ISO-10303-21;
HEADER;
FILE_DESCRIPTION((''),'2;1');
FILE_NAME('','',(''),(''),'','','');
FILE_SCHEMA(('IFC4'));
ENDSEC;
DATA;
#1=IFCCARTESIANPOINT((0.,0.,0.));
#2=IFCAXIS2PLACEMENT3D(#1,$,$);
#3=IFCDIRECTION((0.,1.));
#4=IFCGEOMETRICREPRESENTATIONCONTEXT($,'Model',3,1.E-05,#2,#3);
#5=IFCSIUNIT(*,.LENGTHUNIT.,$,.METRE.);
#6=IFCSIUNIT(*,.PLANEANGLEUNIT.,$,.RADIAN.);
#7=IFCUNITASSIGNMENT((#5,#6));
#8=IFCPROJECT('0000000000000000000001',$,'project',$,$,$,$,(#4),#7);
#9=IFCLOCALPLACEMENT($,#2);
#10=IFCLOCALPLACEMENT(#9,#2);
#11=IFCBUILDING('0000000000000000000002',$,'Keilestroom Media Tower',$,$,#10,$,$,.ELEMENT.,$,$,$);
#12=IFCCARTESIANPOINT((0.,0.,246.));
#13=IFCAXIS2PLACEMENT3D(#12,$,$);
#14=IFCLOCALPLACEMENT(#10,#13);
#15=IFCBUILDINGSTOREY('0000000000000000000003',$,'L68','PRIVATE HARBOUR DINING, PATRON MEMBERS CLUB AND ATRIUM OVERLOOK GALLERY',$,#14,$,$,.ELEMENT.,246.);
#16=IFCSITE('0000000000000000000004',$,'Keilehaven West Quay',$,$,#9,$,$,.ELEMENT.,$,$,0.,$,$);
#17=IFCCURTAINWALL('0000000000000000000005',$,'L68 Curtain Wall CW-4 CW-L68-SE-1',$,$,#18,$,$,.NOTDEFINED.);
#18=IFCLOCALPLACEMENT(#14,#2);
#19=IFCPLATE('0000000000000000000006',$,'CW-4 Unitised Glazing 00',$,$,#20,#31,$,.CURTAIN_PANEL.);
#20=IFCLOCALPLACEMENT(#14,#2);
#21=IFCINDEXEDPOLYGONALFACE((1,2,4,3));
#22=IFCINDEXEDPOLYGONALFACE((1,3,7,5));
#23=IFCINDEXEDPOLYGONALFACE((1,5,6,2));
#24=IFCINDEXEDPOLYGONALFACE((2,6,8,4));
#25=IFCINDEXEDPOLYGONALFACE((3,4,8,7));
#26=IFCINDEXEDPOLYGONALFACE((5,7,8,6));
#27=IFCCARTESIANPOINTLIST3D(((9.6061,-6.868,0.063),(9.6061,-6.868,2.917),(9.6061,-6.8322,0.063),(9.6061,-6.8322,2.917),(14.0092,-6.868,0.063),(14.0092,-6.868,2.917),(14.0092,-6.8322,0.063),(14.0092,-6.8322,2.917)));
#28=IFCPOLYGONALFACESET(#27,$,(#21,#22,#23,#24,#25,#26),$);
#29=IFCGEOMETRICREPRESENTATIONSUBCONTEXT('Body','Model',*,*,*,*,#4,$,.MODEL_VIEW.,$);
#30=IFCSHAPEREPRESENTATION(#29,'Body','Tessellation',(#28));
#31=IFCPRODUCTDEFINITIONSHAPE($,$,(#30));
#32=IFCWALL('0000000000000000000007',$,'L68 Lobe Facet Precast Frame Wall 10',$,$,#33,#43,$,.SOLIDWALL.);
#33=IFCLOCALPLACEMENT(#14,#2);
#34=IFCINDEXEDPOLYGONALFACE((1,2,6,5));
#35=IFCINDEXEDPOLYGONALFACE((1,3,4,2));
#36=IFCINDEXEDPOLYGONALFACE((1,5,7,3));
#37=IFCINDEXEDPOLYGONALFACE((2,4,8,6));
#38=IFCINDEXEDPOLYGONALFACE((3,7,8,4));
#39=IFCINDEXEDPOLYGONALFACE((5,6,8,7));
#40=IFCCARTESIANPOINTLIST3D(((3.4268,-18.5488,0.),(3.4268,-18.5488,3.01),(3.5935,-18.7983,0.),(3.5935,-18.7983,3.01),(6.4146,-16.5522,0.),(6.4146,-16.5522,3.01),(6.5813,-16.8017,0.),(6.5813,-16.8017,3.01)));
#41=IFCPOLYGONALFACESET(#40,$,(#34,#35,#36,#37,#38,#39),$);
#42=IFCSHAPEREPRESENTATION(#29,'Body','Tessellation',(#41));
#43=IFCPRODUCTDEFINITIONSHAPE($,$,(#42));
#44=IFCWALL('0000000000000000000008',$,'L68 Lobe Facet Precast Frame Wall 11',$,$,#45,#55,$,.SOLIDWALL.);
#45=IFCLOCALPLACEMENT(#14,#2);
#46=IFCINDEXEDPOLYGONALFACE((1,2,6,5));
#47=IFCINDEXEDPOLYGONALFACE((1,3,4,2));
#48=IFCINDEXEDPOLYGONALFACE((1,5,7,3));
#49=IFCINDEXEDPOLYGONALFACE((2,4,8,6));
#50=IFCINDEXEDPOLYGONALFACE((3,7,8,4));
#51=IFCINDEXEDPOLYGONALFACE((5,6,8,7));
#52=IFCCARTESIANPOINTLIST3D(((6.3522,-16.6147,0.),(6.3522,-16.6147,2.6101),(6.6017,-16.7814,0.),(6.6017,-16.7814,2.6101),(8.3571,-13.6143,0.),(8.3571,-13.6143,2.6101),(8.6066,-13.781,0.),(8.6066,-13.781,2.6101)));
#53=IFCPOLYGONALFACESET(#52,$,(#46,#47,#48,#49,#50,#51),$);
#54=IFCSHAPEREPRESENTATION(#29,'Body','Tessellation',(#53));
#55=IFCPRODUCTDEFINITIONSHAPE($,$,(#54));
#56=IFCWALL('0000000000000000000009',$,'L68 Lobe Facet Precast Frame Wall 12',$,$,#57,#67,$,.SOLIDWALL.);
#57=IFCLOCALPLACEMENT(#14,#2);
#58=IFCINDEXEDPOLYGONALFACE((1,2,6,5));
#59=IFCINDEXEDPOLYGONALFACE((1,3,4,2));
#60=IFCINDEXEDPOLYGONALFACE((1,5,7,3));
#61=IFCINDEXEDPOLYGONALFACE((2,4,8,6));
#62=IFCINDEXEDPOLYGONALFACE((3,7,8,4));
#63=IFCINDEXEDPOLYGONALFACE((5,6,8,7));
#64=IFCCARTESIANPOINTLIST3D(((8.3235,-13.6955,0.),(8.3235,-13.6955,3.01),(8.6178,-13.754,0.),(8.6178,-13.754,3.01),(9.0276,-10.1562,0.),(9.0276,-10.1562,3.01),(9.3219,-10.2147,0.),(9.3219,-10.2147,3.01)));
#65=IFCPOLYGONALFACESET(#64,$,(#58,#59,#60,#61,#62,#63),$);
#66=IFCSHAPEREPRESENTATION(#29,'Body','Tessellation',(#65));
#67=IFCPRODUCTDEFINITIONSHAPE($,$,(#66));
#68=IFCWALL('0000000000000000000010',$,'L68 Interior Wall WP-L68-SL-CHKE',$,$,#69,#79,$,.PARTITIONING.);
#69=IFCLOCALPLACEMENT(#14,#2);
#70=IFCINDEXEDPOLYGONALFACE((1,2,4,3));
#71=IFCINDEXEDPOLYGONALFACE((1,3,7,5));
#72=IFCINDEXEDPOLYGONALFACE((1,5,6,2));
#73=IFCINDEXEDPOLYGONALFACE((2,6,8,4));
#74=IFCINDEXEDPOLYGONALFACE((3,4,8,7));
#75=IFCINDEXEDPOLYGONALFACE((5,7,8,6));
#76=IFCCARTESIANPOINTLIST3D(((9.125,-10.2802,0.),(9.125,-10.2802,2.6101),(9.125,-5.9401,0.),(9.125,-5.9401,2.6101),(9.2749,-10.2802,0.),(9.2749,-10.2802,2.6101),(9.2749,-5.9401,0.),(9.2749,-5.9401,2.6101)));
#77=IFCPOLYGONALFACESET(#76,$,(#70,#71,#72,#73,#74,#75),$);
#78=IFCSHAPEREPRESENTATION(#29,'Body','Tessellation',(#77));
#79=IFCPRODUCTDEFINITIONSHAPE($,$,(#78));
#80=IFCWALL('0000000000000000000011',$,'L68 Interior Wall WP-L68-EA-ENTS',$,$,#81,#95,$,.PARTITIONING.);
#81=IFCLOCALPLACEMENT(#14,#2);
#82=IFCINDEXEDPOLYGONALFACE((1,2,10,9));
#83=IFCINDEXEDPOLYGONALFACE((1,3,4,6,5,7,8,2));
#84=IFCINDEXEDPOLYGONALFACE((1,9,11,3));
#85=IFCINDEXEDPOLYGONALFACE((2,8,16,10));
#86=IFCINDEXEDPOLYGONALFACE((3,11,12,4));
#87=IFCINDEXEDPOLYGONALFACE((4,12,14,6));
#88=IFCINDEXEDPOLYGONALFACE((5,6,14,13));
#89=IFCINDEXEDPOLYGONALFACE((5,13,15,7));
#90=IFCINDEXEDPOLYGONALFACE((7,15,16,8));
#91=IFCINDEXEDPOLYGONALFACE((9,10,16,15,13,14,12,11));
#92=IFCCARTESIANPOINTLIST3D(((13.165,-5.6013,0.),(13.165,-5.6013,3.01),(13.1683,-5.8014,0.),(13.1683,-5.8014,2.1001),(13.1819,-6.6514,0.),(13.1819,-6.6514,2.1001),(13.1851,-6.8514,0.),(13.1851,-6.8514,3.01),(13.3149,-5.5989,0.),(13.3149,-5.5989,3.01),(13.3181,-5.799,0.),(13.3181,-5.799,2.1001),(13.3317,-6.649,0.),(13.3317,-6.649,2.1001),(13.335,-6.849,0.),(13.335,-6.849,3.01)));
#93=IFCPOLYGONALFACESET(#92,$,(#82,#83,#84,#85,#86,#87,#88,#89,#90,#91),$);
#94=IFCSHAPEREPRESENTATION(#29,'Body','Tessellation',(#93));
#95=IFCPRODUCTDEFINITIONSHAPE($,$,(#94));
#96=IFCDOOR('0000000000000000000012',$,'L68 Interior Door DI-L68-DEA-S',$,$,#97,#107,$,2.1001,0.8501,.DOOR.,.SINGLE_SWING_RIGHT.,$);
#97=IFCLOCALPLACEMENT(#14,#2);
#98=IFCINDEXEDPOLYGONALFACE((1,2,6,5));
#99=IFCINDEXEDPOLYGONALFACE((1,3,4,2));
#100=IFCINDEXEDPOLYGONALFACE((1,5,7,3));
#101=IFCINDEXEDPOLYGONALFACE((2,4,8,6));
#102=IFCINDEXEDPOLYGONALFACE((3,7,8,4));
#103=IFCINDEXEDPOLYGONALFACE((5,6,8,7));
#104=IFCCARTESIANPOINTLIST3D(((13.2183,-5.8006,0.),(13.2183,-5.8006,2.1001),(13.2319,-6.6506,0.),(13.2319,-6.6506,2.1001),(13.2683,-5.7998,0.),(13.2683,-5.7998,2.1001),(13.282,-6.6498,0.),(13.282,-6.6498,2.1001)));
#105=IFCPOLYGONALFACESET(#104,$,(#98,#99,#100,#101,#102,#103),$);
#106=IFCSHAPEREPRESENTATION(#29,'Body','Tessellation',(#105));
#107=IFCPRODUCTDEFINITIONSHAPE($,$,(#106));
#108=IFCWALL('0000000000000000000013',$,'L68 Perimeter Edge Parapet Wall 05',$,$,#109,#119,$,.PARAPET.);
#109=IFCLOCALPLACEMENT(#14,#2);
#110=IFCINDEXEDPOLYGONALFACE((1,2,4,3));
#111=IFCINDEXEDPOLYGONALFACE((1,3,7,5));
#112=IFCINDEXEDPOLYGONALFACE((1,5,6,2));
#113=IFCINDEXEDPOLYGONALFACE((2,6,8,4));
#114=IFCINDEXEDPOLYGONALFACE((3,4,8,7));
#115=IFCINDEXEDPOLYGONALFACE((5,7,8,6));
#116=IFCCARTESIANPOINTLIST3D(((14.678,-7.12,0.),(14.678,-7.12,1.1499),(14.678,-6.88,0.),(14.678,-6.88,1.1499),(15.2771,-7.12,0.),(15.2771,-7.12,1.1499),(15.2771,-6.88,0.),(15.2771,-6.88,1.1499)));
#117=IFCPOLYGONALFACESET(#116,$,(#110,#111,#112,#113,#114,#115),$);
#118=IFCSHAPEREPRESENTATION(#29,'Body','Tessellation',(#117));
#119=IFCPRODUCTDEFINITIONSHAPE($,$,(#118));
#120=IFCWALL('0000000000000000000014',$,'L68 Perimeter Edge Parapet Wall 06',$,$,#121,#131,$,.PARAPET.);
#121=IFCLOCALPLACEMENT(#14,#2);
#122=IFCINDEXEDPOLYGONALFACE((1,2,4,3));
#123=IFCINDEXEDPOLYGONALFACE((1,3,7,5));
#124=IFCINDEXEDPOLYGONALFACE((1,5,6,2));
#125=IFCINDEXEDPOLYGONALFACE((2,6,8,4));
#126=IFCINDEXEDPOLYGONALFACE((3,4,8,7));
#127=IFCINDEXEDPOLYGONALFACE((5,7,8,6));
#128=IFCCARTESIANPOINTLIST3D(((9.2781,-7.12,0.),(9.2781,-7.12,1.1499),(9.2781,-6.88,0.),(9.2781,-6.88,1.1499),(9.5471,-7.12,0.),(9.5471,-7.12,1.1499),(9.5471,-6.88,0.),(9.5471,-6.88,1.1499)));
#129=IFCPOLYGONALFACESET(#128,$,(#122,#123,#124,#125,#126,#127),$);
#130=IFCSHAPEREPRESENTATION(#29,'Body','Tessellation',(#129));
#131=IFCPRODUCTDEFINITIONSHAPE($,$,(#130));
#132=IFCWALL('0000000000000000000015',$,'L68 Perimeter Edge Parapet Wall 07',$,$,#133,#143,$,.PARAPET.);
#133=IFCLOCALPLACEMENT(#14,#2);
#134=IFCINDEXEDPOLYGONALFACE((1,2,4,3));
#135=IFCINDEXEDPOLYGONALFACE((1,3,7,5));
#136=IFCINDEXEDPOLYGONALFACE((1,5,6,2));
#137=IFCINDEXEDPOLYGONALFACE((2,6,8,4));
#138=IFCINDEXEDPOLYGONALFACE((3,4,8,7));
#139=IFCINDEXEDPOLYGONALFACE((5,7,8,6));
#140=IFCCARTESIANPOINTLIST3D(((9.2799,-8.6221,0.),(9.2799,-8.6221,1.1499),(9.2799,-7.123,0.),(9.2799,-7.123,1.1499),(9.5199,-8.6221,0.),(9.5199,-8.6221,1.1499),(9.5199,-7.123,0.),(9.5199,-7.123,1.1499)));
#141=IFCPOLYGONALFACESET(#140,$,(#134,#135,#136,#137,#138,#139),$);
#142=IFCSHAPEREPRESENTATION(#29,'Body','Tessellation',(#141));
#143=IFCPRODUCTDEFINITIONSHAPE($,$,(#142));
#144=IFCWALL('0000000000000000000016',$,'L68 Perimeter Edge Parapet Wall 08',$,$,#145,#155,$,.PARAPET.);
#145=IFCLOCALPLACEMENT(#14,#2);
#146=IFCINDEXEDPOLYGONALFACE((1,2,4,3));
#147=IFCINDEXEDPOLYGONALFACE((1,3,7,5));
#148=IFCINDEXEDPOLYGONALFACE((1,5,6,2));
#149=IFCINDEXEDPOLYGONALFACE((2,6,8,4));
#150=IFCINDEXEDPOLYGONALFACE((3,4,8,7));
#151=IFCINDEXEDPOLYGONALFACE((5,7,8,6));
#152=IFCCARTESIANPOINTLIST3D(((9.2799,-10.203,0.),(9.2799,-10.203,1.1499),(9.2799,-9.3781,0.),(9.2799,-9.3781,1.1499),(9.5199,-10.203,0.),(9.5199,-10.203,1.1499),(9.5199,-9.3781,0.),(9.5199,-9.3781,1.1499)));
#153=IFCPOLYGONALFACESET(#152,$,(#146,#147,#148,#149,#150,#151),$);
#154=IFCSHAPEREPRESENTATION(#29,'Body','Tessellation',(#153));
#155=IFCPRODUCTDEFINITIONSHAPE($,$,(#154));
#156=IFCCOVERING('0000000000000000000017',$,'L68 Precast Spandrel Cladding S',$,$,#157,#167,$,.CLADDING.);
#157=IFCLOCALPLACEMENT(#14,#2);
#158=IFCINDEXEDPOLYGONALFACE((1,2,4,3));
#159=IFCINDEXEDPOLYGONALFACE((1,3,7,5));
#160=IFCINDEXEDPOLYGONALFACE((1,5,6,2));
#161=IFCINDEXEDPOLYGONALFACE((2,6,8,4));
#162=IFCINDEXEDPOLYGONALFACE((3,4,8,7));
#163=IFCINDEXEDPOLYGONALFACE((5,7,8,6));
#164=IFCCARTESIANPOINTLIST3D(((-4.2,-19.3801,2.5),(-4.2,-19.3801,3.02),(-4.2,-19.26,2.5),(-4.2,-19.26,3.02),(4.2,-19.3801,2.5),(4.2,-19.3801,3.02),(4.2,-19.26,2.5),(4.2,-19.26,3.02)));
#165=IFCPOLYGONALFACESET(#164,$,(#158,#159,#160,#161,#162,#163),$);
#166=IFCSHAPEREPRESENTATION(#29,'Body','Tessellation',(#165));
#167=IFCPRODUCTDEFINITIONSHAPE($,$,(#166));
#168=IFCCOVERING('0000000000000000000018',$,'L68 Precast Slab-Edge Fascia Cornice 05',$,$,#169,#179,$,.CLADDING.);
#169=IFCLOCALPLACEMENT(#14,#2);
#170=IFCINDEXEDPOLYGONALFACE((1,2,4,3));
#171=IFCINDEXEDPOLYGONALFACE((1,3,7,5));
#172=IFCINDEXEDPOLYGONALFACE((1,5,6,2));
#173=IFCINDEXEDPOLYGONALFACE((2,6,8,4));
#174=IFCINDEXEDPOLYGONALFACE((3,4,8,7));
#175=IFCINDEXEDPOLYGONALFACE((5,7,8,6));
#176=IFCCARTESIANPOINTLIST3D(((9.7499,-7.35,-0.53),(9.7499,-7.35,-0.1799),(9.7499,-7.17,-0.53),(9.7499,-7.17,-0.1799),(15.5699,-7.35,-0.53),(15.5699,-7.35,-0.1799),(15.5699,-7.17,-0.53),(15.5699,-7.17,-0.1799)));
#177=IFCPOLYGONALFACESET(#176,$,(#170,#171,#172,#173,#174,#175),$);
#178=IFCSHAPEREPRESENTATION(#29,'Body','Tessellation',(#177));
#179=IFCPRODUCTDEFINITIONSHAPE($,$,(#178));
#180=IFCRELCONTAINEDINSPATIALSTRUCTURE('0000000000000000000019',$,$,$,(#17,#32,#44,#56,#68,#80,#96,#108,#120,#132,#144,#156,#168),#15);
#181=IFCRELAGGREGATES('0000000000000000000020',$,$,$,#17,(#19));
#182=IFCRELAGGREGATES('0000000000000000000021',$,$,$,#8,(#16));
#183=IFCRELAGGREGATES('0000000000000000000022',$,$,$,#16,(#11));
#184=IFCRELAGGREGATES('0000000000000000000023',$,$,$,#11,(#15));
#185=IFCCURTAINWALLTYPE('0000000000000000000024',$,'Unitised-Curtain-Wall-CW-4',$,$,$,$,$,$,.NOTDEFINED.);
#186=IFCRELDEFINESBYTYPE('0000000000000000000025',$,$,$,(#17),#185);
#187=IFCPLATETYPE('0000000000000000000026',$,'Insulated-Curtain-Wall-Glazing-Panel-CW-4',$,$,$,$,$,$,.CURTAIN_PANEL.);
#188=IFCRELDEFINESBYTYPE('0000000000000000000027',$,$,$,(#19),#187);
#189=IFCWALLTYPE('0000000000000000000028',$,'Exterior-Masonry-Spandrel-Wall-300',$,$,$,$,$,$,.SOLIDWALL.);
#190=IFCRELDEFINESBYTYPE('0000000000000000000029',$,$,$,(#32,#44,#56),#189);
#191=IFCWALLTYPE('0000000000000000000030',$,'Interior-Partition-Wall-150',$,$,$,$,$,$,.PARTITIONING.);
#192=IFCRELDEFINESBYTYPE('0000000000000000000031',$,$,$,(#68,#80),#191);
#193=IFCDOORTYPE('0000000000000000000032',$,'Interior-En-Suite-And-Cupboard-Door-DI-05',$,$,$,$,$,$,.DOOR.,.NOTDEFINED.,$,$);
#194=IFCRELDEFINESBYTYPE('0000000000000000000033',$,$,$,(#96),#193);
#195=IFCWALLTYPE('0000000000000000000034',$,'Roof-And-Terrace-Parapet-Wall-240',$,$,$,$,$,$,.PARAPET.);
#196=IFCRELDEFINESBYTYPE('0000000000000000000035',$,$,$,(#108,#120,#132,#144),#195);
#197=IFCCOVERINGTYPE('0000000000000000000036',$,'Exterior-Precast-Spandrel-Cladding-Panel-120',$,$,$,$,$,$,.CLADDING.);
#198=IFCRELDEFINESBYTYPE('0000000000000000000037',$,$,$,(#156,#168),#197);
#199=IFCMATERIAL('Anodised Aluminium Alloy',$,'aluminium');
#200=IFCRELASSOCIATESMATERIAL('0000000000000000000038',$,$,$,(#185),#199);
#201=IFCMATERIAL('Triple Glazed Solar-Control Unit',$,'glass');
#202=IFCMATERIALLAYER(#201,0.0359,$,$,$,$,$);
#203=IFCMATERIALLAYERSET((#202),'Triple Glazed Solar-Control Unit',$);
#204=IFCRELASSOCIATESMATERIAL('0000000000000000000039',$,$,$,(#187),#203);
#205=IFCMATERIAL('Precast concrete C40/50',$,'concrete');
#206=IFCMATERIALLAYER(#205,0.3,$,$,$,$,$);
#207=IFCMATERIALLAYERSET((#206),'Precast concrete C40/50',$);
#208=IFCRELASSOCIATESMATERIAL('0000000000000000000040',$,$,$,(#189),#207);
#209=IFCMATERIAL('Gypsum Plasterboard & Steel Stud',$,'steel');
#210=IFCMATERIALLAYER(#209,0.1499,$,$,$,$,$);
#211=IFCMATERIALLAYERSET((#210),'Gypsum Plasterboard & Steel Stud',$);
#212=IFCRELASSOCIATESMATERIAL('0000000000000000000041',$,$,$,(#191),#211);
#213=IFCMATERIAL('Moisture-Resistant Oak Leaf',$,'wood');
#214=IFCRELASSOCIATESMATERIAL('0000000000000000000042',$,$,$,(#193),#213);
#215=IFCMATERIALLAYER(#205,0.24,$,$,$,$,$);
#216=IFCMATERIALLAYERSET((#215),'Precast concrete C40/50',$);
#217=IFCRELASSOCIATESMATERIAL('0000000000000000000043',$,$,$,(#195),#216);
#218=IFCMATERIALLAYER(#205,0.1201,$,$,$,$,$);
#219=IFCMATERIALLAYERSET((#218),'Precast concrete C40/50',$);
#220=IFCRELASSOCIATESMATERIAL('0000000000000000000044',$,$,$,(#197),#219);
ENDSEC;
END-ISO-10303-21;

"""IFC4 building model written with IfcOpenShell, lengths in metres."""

from ifc_helpers import new_model, si_unit, direction, frame, frame_2d, origin, origin_2d, place, context, subcontext, project, spatial, rectangle, extrude, source, transform, mapped, material, layer, layer_set, type_object, element, fill, aggregate, save


model = new_model("IFC4")

# Units and contexts
model_context = context("Model", 3, precision=1e-05, world=origin(), true_north=direction((0.0, 1.0)))
body_context = subcontext(model_context, "Body", "Model", "MODEL_VIEW")
ifc_project = project(units=[si_unit("LENGTHUNIT", "METRE"), si_unit("PLANEANGLEUNIT", "RADIAN")], contexts=[model_context])

# Site, building, storey
site_placement = place(None, origin())
site = spatial("IfcSite", under=ifc_project, at=site_placement, Name="Keilehaven West Quay", CompositionType="ELEMENT", RefElevation=0.0)
building_placement = place(site_placement, origin())
building = spatial("IfcBuilding", under=site, at=building_placement, Name="Keilestroom Media Tower", CompositionType="ELEMENT")
storey_placement = place(building_placement, frame((0.0, 0.0, 246.0)))
storey = spatial("IfcBuildingStorey", under=building, at=storey_placement, Name="L68", Description="PRIVATE HARBOUR DINING, PATRON MEMBERS CLUB AND ATRIUM OVERLOOK GALLERY", CompositionType="ELEMENT", Elevation=246.0)

# Shared definitions
ifc_material_1 = material(Name="Precast concrete C40/50", Category="concrete")

# Curtain wall
ifc_material_2 = material(Name="Anodised Aluminium Alloy", Category="aluminium")
curtain_wall_type_1 = type_object("IfcCurtainWallType", Name="Unitised-Curtain-Wall-CW-4", PredefinedType="NOTDEFINED", material=ifc_material_2)
curtain_wall_1_placement = place(storey_placement, origin())
curtain_wall_1 = element("IfcCurtainWall", 1, at=curtain_wall_1_placement, inside=storey, type_object=curtain_wall_type_1, Name="L68 Curtain Wall CW-4 CW-L68-SE-1", PredefinedType="NOTDEFINED")

# Plate
ifc_material_3 = material(Name="Triple Glazed Solar-Control Unit", Category="glass")
ifc_layer_1 = layer(ifc_material_3, 0.0359)
ifc_layer_set_1 = layer_set([ifc_layer_1], Name="Triple Glazed Solar-Control Unit")
plate_type_1 = type_object("IfcPlateType", Name="Insulated-Curtain-Wall-Glazing-Panel-CW-4", PredefinedType="CURTAIN_PANEL", material=ifc_layer_set_1)
shared_shape_1 = source(origin(), body_context, "Body", "SweptSolid", [
    extrude(rectangle(XDim=4.4031, YDim=0.0359, at=origin_2d()), origin(), (0.0, 0.0, 1.0), 2.854),
])
plate_1_placement = place(storey_placement, frame((11.8076, -6.8501, 0.063), z_axis=(0.0, 0.0, 1.0), x_axis=(1.0, 0.0, 0.0)))
plate_1 = element("IfcPlate", 2, at=plate_1_placement, type_object=plate_type_1, Name="CW-4 Unitised Glazing 00", PredefinedType="CURTAIN_PANEL", context=body_context, shape_type="MappedRepresentation", body=[
    mapped(shared_shape_1, transform((0.0, 0.0, 0.0), x_axis=(1.0, 0.0, 0.0), y_axis=(0.0, 1.0, 0.0), z_axis=(0.0, 0.0, 1.0), scale=1.0)),
])
aggregate(curtain_wall_1, [plate_1])

# Walls
ifc_layer_2 = layer(ifc_material_1, 0.3)
ifc_layer_set_2 = layer_set([ifc_layer_2], Name="Precast concrete C40/50")
wall_type_1 = type_object("IfcWallType", Name="Exterior-Masonry-Spandrel-Wall-300", PredefinedType="SOLIDWALL", material=ifc_layer_set_2)
wall_1_placement = place(storey_placement, frame((3.51, -18.6736, 0.0), z_axis=(0.0, 0.0, 1.0), x_axis=(0.831444, 0.555609, 0.0)))
element("IfcWall", 3, at=wall_1_placement, inside=storey, type_object=wall_type_1, Name="L68 Lobe Facet Precast Frame Wall 10", PredefinedType="SOLIDWALL", context=body_context, shape_type="SweptSolid", body=[
    extrude(rectangle(XDim=3.5935, YDim=0.3, at=frame_2d((1.7969, 0.0))), origin(), (0.0, 0.0, 1.0), 3.01),
])
wall_2_placement = place(storey_placement, frame((6.4771, -16.698, 0.0), z_axis=(0.0, 0.0, 1.0), x_axis=(0.555574, 0.831467, 0.0)))
element("IfcWall", 4, at=wall_2_placement, inside=storey, type_object=wall_type_1, Name="L68 Lobe Facet Precast Frame Wall 11", PredefinedType="SOLIDWALL", context=body_context, shape_type="SweptSolid", body=[
    extrude(rectangle(XDim=3.6086, YDim=0.3, at=frame_2d((1.8042, 0.0))), origin(), (0.0, 0.0, 1.0), 2.6101),
])
wall_3_placement = place(storey_placement, frame((8.4707, -13.7246, 0.0), z_axis=(0.0, 0.0, 1.0), x_axis=(0.195114, 0.980781, 0.0)))
element("IfcWall", 5, at=wall_3_placement, inside=storey, type_object=wall_type_1, Name="L68 Lobe Facet Precast Frame Wall 12", PredefinedType="SOLIDWALL", context=body_context, shape_type="SweptSolid", body=[
    extrude(rectangle(XDim=3.6086, YDim=0.3, at=frame_2d((1.8042, 0.0))), origin(), (0.0, 0.0, 1.0), 3.01),
])
ifc_material_4 = material(Name="Gypsum Plasterboard & Steel Stud", Category="steel")
ifc_layer_3 = layer(ifc_material_4, 0.1499)
ifc_layer_set_3 = layer_set([ifc_layer_3], Name="Gypsum Plasterboard & Steel Stud")
wall_type_2 = type_object("IfcWallType", Name="Interior-Partition-Wall-150", PredefinedType="PARTITIONING", material=ifc_layer_set_3)
wall_4_placement = place(storey_placement, frame((9.2, -10.28, 0.0), z_axis=(0.0, 0.0, 1.0), x_axis=(0.0, 1.0, 0.0)))
element("IfcWall", 6, at=wall_4_placement, inside=storey, type_object=wall_type_2, Name="L68 Interior Wall WP-L68-SL-CHKE", PredefinedType="PARTITIONING", context=body_context, shape_type="SweptSolid", body=[
    extrude(rectangle(XDim=4.3401, YDim=0.1499, at=frame_2d((2.1699, 0.0))), origin(), (0.0, 0.0, 1.0), 2.6101),
])

# Wall, opening, door
wall_5_placement = place(storey_placement, frame((13.26, -6.8501, 0.0), z_axis=(0.0, 0.0, 1.0), x_axis=(-0.016014, 0.999872, 0.0)))
wall_5 = element("IfcWall", 7, at=wall_5_placement, inside=storey, type_object=wall_type_2, Name="L68 Interior Wall WP-L68-EA-ENTS", PredefinedType="PARTITIONING", context=body_context, shape_type="SweptSolid", body=[
    extrude(rectangle(XDim=1.2502, YDim=0.1499, at=frame_2d((0.625, 0.0))), origin(), (0.0, 0.0, 1.0), 3.01),
])
opening_placement = place(wall_5_placement, frame((0.2, 0.0, 0.0)))
opening = element("IfcOpeningElement", 8, at=opening_placement, cuts=wall_5, PredefinedType="OPENING", context=body_context, shape_type="SweptSolid", body=[
    extrude(rectangle(XDim=0.8501, YDim=2.1001, at=frame_2d((0.425, 1.05))), frame((0.0, 0.085, 0.0), z_axis=(0.0, -1.0, 0.0), x_axis=(1.0, 0.0, 0.0)), (0.0, 0.0, 1.0), 0.1699),
])
ifc_material_5 = material(Name="Moisture-Resistant Oak Leaf", Category="wood")
door_type = type_object("IfcDoorType", Name="Interior-En-Suite-And-Cupboard-Door-DI-05", OperationType="NOTDEFINED", PredefinedType="DOOR", material=ifc_material_5)
shared_shape_2 = source(origin(), body_context, "Body", "SweptSolid", [
    extrude(rectangle(XDim=0.8501, YDim=2.1001, at=frame_2d((0.425, 1.05))), frame((0.0, 0.0249, 0.0), z_axis=(0.0, -1.0, 0.0), x_axis=(1.0, 0.0, 0.0)), (0.0, 0.0, 1.0), 0.05),
])
door_placement = place(opening_placement, origin())
door = element("IfcDoor", 9, at=door_placement, inside=storey, type_object=door_type, Name="L68 Interior Door DI-L68-DEA-S", OperationType="SINGLE_SWING_RIGHT", OverallHeight=2.1001, OverallWidth=0.8501, PredefinedType="DOOR", context=body_context, shape_type="MappedRepresentation", body=[
    mapped(shared_shape_2, transform((0.0, 0.0, 0.0), x_axis=(1.0, 0.0, 0.0), y_axis=(0.0, 1.0, 0.0), z_axis=(0.0, 0.0, 1.0), scale=1.0)),
])
fill(opening, door)

# Walls
ifc_layer_4 = layer(ifc_material_1, 0.24)
ifc_layer_set_4 = layer_set([ifc_layer_4], Name="Precast concrete C40/50")
wall_type_3 = type_object("IfcWallType", Name="Roof-And-Terrace-Parapet-Wall-240", PredefinedType="PARAPET", material=ifc_layer_set_4)
wall_6_placement = place(storey_placement, frame((15.2771, -7.0, 0.0), z_axis=(0.0, 0.0, 1.0), x_axis=(-1.0, 0.0, 0.0)))
element("IfcWall", 10, at=wall_6_placement, inside=storey, type_object=wall_type_3, Name="L68 Perimeter Edge Parapet Wall 05", PredefinedType="PARAPET", context=body_context, shape_type="SweptSolid", body=[
    extrude(rectangle(XDim=0.5991, YDim=0.24, at=frame_2d((0.2996, 0.0))), origin(), (0.0, 0.0, 1.0), 1.1499),
])
wall_7_placement = place(storey_placement, frame((9.5471, -7.0, 0.0), z_axis=(0.0, 0.0, 1.0), x_axis=(-1.0, 0.0, 0.0)))
element("IfcWall", 11, at=wall_7_placement, inside=storey, type_object=wall_type_3, Name="L68 Perimeter Edge Parapet Wall 06", PredefinedType="PARAPET", context=body_context, shape_type="SweptSolid", body=[
    extrude(rectangle(XDim=0.269, YDim=0.24, at=frame_2d((0.1345, 0.0))), origin(), (0.0, 0.0, 1.0), 1.1499),
])
wall_8_placement = place(storey_placement, frame((9.3999, -7.123, 0.0), z_axis=(0.0, 0.0, 1.0), x_axis=(0.0, -1.0, 0.0)))
element("IfcWall", 12, at=wall_8_placement, inside=storey, type_object=wall_type_3, Name="L68 Perimeter Edge Parapet Wall 07", PredefinedType="PARAPET", context=body_context, shape_type="SweptSolid", body=[
    extrude(rectangle(XDim=1.499, YDim=0.24, at=frame_2d((0.7495, 0.0))), origin(), (0.0, 0.0, 1.0), 1.1499),
])
wall_9_placement = place(storey_placement, frame((9.3999, -9.3779, 0.0), z_axis=(0.0, 0.0, 1.0), x_axis=(0.0, -1.0, 0.0)))
element("IfcWall", 13, at=wall_9_placement, inside=storey, type_object=wall_type_3, Name="L68 Perimeter Edge Parapet Wall 08", PredefinedType="PARAPET", context=body_context, shape_type="SweptSolid", body=[
    extrude(rectangle(XDim=0.825, YDim=0.24, at=frame_2d((0.4126, 0.0))), origin(), (0.0, 0.0, 1.0), 1.1499),
])

# Coverings
ifc_layer_5 = layer(ifc_material_1, 0.1201)
ifc_layer_set_5 = layer_set([ifc_layer_5], Name="Precast concrete C40/50")
covering_type = type_object("IfcCoveringType", Name="Exterior-Precast-Spandrel-Cladding-Panel-120", PredefinedType="CLADDING", material=ifc_layer_set_5)
shared_shape_3 = source(origin(), body_context, "Body", "SweptSolid", [
    extrude(rectangle(XDim=8.3999, YDim=0.1201, at=origin_2d()), origin(), (0.0, 0.0, 1.0), 0.52),
])
covering_1_placement = place(storey_placement, frame((0.0, -19.3201, 2.5), z_axis=(0.0, 0.0, 1.0), x_axis=(1.0, 0.0, 0.0)))
element("IfcCovering", 14, at=covering_1_placement, inside=storey, type_object=covering_type, Name="L68 Precast Spandrel Cladding S", PredefinedType="CLADDING", context=body_context, shape_type="MappedRepresentation", body=[
    mapped(shared_shape_3, transform((0.0, 0.0, 0.0), x_axis=(1.0, 0.0, 0.0), y_axis=(0.0, 1.0, 0.0), z_axis=(0.0, 0.0, 1.0), scale=1.0)),
])
shared_shape_4 = source(origin(), body_context, "Body", "SweptSolid", [
    extrude(rectangle(XDim=5.8201, YDim=0.1799, at=origin_2d()), origin(), (0.0, 0.0, 1.0), 0.3501),
])
covering_2_placement = place(storey_placement, frame((12.6599, -7.26, -0.53), z_axis=(0.0, 0.0, 1.0), x_axis=(-1.0, 0.0, 0.0)))
element("IfcCovering", 15, at=covering_2_placement, inside=storey, type_object=covering_type, Name="L68 Precast Slab-Edge Fascia Cornice 05", PredefinedType="CLADDING", context=body_context, shape_type="MappedRepresentation", body=[
    mapped(shared_shape_4, transform((0.0, 0.0, 0.0), x_axis=(1.0, 0.0, 0.0), y_axis=(0.0, 1.0, 0.0), z_axis=(0.0, 0.0, 1.0), scale=1.0)),
])

save(model, "model.ifc")
